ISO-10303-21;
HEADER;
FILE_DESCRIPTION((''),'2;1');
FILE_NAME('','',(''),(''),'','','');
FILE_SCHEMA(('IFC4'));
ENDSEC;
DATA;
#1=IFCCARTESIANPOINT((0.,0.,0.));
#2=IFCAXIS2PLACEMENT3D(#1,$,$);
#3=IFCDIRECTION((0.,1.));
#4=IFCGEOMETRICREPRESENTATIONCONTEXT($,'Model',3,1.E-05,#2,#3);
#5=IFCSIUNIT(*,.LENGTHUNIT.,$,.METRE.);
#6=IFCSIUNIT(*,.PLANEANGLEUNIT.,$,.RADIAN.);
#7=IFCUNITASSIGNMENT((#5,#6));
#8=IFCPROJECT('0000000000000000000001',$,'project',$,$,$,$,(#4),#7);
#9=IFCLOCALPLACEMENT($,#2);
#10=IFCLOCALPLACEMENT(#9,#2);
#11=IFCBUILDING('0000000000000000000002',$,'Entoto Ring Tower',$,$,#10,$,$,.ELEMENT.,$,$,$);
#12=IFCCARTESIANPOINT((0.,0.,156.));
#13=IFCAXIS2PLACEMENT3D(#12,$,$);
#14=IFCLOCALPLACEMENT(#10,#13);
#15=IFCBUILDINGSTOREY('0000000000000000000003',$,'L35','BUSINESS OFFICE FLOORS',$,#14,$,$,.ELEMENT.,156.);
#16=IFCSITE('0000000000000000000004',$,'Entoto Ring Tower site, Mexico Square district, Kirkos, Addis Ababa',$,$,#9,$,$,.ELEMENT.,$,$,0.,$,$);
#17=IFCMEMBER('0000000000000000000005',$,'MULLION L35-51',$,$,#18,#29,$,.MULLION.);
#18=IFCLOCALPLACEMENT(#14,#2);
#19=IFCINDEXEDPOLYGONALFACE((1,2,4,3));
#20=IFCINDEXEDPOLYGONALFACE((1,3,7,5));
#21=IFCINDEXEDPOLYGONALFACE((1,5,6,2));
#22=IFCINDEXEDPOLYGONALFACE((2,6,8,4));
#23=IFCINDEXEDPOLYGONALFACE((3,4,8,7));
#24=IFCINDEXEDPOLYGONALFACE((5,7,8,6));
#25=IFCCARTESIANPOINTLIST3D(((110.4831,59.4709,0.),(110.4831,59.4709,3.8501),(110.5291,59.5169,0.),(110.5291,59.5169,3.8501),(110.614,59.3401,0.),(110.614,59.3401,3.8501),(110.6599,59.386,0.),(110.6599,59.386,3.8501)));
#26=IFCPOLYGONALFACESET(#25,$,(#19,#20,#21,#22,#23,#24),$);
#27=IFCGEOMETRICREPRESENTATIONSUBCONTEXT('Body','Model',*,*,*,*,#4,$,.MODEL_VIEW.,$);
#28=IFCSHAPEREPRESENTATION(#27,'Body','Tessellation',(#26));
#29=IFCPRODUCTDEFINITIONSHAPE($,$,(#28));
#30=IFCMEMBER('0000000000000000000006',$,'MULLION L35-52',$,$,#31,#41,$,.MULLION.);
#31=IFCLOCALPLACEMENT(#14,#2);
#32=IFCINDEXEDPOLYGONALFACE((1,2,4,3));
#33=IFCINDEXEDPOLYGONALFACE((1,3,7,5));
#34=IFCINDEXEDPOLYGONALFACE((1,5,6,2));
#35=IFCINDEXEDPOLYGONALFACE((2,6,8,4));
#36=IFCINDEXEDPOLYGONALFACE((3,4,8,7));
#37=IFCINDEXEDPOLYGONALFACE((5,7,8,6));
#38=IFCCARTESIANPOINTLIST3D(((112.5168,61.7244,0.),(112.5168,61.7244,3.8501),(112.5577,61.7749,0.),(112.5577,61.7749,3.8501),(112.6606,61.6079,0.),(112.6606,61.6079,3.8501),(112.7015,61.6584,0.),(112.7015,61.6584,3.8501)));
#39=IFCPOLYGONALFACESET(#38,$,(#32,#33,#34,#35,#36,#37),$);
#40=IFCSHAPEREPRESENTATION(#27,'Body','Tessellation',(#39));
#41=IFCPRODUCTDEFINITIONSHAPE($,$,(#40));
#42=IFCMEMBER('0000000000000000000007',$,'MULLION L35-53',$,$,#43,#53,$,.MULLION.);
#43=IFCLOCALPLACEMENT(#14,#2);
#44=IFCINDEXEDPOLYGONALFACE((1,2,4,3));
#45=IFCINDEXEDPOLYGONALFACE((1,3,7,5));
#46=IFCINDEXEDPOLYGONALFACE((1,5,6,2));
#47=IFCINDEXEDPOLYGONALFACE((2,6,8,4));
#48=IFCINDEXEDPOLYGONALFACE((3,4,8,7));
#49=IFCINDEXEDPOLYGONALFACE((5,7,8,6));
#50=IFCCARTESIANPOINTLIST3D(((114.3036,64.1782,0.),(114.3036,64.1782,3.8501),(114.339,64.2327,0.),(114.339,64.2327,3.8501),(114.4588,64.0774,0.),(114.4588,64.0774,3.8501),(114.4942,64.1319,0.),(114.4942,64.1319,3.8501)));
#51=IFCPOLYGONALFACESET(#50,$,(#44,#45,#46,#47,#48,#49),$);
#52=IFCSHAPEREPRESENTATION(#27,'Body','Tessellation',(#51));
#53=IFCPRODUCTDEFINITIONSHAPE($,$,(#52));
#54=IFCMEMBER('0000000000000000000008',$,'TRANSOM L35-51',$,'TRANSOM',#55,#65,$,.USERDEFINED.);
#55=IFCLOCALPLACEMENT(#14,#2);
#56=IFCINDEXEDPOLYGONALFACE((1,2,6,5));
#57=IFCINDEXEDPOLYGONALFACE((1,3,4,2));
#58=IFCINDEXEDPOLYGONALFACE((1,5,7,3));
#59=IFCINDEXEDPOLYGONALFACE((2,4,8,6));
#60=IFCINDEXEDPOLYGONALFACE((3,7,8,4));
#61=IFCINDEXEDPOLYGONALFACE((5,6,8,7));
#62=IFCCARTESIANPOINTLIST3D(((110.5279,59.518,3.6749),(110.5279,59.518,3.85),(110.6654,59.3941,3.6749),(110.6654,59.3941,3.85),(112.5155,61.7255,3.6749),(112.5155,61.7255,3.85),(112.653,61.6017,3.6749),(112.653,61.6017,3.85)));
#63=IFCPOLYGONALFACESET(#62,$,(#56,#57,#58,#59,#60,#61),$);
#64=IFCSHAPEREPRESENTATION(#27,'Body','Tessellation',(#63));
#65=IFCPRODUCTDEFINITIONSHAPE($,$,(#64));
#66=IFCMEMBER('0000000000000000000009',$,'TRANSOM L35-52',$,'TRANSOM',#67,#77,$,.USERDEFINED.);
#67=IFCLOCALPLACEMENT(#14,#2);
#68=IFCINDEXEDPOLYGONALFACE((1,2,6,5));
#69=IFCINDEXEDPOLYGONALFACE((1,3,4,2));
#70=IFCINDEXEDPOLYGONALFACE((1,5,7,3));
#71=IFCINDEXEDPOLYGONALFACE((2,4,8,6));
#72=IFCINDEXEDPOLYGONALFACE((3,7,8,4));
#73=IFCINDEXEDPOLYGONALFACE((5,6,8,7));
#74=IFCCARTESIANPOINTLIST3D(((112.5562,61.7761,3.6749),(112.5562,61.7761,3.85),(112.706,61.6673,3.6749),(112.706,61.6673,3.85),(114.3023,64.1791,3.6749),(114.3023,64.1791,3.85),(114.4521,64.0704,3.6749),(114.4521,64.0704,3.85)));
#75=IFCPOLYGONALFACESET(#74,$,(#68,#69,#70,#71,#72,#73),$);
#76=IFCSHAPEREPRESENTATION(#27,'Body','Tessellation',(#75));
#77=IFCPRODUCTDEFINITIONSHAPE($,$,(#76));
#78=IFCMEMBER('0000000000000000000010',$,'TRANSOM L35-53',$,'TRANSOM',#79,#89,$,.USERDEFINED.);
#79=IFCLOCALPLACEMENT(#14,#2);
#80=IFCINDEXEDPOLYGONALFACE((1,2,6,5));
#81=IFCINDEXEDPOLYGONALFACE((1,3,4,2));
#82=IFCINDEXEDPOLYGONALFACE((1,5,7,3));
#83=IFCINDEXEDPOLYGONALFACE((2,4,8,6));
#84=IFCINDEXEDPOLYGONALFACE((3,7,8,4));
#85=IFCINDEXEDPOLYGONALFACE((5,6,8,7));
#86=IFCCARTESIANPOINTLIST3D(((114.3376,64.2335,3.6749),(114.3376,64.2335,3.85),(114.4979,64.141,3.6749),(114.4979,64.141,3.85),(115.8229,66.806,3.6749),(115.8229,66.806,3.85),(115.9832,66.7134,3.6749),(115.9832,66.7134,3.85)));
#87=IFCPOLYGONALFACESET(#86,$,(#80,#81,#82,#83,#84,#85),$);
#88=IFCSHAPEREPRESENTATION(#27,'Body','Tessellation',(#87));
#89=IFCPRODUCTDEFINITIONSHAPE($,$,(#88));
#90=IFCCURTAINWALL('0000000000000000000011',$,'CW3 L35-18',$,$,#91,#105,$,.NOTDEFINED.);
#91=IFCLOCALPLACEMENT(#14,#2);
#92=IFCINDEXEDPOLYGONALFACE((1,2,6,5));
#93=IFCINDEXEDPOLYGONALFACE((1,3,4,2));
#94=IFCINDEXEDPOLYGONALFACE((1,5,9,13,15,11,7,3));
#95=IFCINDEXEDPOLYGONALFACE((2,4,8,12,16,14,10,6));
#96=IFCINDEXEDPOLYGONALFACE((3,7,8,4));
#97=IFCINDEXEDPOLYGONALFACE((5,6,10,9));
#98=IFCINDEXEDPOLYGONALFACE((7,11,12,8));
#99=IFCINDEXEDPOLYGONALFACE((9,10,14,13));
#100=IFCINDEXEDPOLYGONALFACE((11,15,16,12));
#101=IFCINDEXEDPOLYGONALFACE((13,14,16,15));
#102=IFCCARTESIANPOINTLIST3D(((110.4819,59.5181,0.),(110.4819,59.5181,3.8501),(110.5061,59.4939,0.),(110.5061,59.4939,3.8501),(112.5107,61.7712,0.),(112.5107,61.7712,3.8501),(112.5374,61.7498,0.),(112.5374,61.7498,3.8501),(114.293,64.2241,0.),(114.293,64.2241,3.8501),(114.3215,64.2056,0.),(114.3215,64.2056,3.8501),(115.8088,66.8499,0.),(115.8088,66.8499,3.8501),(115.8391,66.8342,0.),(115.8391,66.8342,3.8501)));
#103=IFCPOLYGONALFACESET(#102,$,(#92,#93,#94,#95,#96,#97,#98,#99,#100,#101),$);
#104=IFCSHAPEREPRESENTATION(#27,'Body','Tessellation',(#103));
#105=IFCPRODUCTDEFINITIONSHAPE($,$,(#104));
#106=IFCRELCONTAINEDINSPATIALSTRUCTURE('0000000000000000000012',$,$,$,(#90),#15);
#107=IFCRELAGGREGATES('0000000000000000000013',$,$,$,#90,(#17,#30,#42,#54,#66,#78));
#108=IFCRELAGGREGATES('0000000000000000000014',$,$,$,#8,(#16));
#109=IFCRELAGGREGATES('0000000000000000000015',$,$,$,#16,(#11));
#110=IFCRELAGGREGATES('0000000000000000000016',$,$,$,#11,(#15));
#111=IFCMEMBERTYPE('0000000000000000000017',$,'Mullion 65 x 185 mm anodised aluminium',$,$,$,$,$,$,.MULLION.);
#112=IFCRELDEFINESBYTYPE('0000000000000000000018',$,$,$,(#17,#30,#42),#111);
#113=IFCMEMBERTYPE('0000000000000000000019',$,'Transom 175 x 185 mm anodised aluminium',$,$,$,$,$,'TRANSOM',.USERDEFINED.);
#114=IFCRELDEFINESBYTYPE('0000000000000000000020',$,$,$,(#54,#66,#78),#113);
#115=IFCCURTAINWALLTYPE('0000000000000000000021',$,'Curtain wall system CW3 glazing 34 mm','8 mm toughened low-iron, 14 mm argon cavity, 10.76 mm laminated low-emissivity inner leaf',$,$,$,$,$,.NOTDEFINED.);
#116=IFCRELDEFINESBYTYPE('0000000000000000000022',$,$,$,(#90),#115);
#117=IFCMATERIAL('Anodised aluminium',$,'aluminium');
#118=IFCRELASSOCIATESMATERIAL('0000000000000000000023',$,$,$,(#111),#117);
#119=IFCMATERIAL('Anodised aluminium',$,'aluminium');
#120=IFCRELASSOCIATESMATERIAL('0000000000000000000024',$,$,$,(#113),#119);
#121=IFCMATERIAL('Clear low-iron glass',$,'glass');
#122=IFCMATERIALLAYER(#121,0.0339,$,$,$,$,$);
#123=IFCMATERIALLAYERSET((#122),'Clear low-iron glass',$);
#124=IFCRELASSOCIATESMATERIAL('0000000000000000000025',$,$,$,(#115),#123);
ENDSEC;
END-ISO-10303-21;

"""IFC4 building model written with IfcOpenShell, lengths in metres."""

from ifc_helpers import new_model, si_unit, direction, frame, origin, origin_2d, place, context, subcontext, project, spatial, polyline, rectangle, outline, extrude, material, layer, layer_set, material_profile, profile_set, type_object, element, aggregate, save


model = new_model("IFC4")

# Units and contexts
model_context = context("Model", 3, precision=1e-05, world=origin(), true_north=direction((0.0, 1.0)))
body_context = subcontext(model_context, "Body", "Model", "MODEL_VIEW")
ifc_project = project(units=[si_unit("LENGTHUNIT", "METRE"), si_unit("PLANEANGLEUNIT", "RADIAN")], contexts=[model_context])

# Members
ifc_material_1 = material(Name="Anodised aluminium", Category="aluminium")
ifc_material_profile_1 = material_profile(ifc_material_1, rectangle(XDim=0.0649, YDim=0.1851, at=origin_2d()), Name="Mullion 65 x 185 mm anodised aluminium")
ifc_profile_set_1 = profile_set([ifc_material_profile_1], Name="Anodised aluminium")
member_type_1 = type_object("IfcMemberType", Name="Mullion 65 x 185 mm anodised aluminium", PredefinedType="MULLION", material=ifc_profile_set_1)
site_placement = place(None, origin())
building_placement = place(site_placement, origin())
storey_placement = place(building_placement, frame((0.0, 0.0, 156.0)))
member_1_placement = place(storey_placement, frame((110.5715, 59.4285, 0.0), z_axis=(0.0, 0.0, 1.0), x_axis=(0.707107, 0.707107, 0.0)))
member_1 = element("IfcMember", 1, at=member_1_placement, type_object=member_type_1, Name="MULLION L35-51", PredefinedType="MULLION", context=body_context, shape_type="SweptSolid", body=[
    extrude(rectangle(XDim=0.0649, YDim=0.1851, at=origin_2d()), origin(), (0.0, 0.0, 1.0), 3.8501),
])
member_2_placement = place(storey_placement, frame((112.6091, 61.6914, 0.0), z_axis=(0.0, 0.0, 1.0), x_axis=(0.62932, 0.777146, 0.0)))
member_2 = element("IfcMember", 2, at=member_2_placement, type_object=member_type_1, Name="MULLION L35-52", PredefinedType="MULLION", context=body_context, shape_type="SweptSolid", body=[
    extrude(rectangle(XDim=0.0649, YDim=0.1851, at=origin_2d()), origin(), (0.0, 0.0, 1.0), 3.8501),
])
member_3_placement = place(storey_placement, frame((114.3989, 64.155, 0.0), z_axis=(0.0, 0.0, 1.0), x_axis=(0.544639, 0.838671, 0.0)))
member_3 = element("IfcMember", 3, at=member_3_placement, type_object=member_type_1, Name="MULLION L35-53", PredefinedType="MULLION", context=body_context, shape_type="SweptSolid", body=[
    extrude(rectangle(XDim=0.0649, YDim=0.1851, at=origin_2d()), origin(), (0.0, 0.0, 1.0), 3.8501),
])
ifc_material_2 = material(Name="Anodised aluminium", Category="aluminium")
ifc_material_profile_2 = material_profile(ifc_material_2, rectangle(XDim=0.1851, YDim=0.175, at=origin_2d()), Name="Transom 175 x 185 mm anodised aluminium")
ifc_profile_set_2 = profile_set([ifc_material_profile_2], Name="Anodised aluminium")
member_type_2 = type_object("IfcMemberType", Name="Transom 175 x 185 mm anodised aluminium", ElementType="TRANSOM", PredefinedType="USERDEFINED", material=ifc_profile_set_2)
member_4_placement = place(storey_placement, frame((110.5967, 59.4561, 3.7625), z_axis=(0.66911, 0.743163, 0.0), x_axis=(-0.743163, 0.66911, 0.0)))
member_4 = element("IfcMember", 4, at=member_4_placement, type_object=member_type_2, Name="TRANSOM L35-51", ObjectType="TRANSOM", PredefinedType="USERDEFINED", context=body_context, shape_type="SweptSolid", body=[
    extrude(rectangle(XDim=0.1851, YDim=0.175, at=origin_2d()), origin(), (0.0, 0.0, 1.0), 2.9705),
])
member_5_placement = place(storey_placement, frame((112.6311, 61.7217, 3.7625), z_axis=(0.58782, 0.808992, 0.0), x_axis=(-0.808992, 0.58782, 0.0)))
member_5 = element("IfcMember", 5, at=member_5_placement, type_object=member_type_2, Name="TRANSOM L35-52", ObjectType="TRANSOM", PredefinedType="USERDEFINED", context=body_context, shape_type="SweptSolid", body=[
    extrude(rectangle(XDim=0.1851, YDim=0.175, at=origin_2d()), origin(), (0.0, 0.0, 1.0), 2.9705),
])
member_6_placement = place(storey_placement, frame((114.4177, 64.1873, 3.7625), z_axis=(0.500028, 0.866009, 0.0), x_axis=(-0.866009, 0.500028, 0.0)))
member_6 = element("IfcMember", 6, at=member_6_placement, type_object=member_type_2, Name="TRANSOM L35-53", ObjectType="TRANSOM", PredefinedType="USERDEFINED", context=body_context, shape_type="SweptSolid", body=[
    extrude(rectangle(XDim=0.1851, YDim=0.175, at=origin_2d()), origin(), (0.0, 0.0, 1.0), 2.9705),
])

# Site, building, storey
site = spatial("IfcSite", under=ifc_project, at=site_placement, Name="Entoto Ring Tower site, Mexico Square district, Kirkos, Addis Ababa", CompositionType="ELEMENT", RefElevation=0.0)
building = spatial("IfcBuilding", under=site, at=building_placement, Name="Entoto Ring Tower", CompositionType="ELEMENT")
storey = spatial("IfcBuildingStorey", under=building, at=storey_placement, Name="L35", Description="BUSINESS OFFICE FLOORS", CompositionType="ELEMENT", Elevation=156.0)

# Curtain wall
ifc_material_3 = material(Name="Clear low-iron glass", Category="glass")
ifc_layer_1 = layer(ifc_material_3, 0.0339)
ifc_layer_set_1 = layer_set([ifc_layer_1], Name="Clear low-iron glass")
curtain_wall_type = type_object("IfcCurtainWallType", Name="Curtain wall system CW3 glazing 34 mm", Description="8 mm toughened low-iron, 14 mm argon cavity, 10.76 mm laminated low-emissivity inner leaf", PredefinedType="NOTDEFINED", material=ifc_layer_set_1)
curtain_wall_1_placement = place(storey_placement, origin())
curtain_wall_1 = element("IfcCurtainWall", 7, at=curtain_wall_1_placement, inside=storey, type_object=curtain_wall_type, Name="CW3 L35-18", PredefinedType="NOTDEFINED", context=body_context, shape_type="SweptSolid", body=[
    extrude(outline(polyline([(110.5061, 59.4939), (112.5374, 61.7498), (114.3215, 64.2056), (115.8391, 66.8342), (115.8088, 66.8499), (114.293, 64.2241), (112.5107, 61.7712), (110.4819, 59.5181), (110.5061, 59.4939)])), origin(), (0.0, 0.0, 1.0), 3.8501),
])
aggregate(curtain_wall_1, [member_1, member_2, member_3, member_4, member_5, member_6])

save(model, "model.ifc")
